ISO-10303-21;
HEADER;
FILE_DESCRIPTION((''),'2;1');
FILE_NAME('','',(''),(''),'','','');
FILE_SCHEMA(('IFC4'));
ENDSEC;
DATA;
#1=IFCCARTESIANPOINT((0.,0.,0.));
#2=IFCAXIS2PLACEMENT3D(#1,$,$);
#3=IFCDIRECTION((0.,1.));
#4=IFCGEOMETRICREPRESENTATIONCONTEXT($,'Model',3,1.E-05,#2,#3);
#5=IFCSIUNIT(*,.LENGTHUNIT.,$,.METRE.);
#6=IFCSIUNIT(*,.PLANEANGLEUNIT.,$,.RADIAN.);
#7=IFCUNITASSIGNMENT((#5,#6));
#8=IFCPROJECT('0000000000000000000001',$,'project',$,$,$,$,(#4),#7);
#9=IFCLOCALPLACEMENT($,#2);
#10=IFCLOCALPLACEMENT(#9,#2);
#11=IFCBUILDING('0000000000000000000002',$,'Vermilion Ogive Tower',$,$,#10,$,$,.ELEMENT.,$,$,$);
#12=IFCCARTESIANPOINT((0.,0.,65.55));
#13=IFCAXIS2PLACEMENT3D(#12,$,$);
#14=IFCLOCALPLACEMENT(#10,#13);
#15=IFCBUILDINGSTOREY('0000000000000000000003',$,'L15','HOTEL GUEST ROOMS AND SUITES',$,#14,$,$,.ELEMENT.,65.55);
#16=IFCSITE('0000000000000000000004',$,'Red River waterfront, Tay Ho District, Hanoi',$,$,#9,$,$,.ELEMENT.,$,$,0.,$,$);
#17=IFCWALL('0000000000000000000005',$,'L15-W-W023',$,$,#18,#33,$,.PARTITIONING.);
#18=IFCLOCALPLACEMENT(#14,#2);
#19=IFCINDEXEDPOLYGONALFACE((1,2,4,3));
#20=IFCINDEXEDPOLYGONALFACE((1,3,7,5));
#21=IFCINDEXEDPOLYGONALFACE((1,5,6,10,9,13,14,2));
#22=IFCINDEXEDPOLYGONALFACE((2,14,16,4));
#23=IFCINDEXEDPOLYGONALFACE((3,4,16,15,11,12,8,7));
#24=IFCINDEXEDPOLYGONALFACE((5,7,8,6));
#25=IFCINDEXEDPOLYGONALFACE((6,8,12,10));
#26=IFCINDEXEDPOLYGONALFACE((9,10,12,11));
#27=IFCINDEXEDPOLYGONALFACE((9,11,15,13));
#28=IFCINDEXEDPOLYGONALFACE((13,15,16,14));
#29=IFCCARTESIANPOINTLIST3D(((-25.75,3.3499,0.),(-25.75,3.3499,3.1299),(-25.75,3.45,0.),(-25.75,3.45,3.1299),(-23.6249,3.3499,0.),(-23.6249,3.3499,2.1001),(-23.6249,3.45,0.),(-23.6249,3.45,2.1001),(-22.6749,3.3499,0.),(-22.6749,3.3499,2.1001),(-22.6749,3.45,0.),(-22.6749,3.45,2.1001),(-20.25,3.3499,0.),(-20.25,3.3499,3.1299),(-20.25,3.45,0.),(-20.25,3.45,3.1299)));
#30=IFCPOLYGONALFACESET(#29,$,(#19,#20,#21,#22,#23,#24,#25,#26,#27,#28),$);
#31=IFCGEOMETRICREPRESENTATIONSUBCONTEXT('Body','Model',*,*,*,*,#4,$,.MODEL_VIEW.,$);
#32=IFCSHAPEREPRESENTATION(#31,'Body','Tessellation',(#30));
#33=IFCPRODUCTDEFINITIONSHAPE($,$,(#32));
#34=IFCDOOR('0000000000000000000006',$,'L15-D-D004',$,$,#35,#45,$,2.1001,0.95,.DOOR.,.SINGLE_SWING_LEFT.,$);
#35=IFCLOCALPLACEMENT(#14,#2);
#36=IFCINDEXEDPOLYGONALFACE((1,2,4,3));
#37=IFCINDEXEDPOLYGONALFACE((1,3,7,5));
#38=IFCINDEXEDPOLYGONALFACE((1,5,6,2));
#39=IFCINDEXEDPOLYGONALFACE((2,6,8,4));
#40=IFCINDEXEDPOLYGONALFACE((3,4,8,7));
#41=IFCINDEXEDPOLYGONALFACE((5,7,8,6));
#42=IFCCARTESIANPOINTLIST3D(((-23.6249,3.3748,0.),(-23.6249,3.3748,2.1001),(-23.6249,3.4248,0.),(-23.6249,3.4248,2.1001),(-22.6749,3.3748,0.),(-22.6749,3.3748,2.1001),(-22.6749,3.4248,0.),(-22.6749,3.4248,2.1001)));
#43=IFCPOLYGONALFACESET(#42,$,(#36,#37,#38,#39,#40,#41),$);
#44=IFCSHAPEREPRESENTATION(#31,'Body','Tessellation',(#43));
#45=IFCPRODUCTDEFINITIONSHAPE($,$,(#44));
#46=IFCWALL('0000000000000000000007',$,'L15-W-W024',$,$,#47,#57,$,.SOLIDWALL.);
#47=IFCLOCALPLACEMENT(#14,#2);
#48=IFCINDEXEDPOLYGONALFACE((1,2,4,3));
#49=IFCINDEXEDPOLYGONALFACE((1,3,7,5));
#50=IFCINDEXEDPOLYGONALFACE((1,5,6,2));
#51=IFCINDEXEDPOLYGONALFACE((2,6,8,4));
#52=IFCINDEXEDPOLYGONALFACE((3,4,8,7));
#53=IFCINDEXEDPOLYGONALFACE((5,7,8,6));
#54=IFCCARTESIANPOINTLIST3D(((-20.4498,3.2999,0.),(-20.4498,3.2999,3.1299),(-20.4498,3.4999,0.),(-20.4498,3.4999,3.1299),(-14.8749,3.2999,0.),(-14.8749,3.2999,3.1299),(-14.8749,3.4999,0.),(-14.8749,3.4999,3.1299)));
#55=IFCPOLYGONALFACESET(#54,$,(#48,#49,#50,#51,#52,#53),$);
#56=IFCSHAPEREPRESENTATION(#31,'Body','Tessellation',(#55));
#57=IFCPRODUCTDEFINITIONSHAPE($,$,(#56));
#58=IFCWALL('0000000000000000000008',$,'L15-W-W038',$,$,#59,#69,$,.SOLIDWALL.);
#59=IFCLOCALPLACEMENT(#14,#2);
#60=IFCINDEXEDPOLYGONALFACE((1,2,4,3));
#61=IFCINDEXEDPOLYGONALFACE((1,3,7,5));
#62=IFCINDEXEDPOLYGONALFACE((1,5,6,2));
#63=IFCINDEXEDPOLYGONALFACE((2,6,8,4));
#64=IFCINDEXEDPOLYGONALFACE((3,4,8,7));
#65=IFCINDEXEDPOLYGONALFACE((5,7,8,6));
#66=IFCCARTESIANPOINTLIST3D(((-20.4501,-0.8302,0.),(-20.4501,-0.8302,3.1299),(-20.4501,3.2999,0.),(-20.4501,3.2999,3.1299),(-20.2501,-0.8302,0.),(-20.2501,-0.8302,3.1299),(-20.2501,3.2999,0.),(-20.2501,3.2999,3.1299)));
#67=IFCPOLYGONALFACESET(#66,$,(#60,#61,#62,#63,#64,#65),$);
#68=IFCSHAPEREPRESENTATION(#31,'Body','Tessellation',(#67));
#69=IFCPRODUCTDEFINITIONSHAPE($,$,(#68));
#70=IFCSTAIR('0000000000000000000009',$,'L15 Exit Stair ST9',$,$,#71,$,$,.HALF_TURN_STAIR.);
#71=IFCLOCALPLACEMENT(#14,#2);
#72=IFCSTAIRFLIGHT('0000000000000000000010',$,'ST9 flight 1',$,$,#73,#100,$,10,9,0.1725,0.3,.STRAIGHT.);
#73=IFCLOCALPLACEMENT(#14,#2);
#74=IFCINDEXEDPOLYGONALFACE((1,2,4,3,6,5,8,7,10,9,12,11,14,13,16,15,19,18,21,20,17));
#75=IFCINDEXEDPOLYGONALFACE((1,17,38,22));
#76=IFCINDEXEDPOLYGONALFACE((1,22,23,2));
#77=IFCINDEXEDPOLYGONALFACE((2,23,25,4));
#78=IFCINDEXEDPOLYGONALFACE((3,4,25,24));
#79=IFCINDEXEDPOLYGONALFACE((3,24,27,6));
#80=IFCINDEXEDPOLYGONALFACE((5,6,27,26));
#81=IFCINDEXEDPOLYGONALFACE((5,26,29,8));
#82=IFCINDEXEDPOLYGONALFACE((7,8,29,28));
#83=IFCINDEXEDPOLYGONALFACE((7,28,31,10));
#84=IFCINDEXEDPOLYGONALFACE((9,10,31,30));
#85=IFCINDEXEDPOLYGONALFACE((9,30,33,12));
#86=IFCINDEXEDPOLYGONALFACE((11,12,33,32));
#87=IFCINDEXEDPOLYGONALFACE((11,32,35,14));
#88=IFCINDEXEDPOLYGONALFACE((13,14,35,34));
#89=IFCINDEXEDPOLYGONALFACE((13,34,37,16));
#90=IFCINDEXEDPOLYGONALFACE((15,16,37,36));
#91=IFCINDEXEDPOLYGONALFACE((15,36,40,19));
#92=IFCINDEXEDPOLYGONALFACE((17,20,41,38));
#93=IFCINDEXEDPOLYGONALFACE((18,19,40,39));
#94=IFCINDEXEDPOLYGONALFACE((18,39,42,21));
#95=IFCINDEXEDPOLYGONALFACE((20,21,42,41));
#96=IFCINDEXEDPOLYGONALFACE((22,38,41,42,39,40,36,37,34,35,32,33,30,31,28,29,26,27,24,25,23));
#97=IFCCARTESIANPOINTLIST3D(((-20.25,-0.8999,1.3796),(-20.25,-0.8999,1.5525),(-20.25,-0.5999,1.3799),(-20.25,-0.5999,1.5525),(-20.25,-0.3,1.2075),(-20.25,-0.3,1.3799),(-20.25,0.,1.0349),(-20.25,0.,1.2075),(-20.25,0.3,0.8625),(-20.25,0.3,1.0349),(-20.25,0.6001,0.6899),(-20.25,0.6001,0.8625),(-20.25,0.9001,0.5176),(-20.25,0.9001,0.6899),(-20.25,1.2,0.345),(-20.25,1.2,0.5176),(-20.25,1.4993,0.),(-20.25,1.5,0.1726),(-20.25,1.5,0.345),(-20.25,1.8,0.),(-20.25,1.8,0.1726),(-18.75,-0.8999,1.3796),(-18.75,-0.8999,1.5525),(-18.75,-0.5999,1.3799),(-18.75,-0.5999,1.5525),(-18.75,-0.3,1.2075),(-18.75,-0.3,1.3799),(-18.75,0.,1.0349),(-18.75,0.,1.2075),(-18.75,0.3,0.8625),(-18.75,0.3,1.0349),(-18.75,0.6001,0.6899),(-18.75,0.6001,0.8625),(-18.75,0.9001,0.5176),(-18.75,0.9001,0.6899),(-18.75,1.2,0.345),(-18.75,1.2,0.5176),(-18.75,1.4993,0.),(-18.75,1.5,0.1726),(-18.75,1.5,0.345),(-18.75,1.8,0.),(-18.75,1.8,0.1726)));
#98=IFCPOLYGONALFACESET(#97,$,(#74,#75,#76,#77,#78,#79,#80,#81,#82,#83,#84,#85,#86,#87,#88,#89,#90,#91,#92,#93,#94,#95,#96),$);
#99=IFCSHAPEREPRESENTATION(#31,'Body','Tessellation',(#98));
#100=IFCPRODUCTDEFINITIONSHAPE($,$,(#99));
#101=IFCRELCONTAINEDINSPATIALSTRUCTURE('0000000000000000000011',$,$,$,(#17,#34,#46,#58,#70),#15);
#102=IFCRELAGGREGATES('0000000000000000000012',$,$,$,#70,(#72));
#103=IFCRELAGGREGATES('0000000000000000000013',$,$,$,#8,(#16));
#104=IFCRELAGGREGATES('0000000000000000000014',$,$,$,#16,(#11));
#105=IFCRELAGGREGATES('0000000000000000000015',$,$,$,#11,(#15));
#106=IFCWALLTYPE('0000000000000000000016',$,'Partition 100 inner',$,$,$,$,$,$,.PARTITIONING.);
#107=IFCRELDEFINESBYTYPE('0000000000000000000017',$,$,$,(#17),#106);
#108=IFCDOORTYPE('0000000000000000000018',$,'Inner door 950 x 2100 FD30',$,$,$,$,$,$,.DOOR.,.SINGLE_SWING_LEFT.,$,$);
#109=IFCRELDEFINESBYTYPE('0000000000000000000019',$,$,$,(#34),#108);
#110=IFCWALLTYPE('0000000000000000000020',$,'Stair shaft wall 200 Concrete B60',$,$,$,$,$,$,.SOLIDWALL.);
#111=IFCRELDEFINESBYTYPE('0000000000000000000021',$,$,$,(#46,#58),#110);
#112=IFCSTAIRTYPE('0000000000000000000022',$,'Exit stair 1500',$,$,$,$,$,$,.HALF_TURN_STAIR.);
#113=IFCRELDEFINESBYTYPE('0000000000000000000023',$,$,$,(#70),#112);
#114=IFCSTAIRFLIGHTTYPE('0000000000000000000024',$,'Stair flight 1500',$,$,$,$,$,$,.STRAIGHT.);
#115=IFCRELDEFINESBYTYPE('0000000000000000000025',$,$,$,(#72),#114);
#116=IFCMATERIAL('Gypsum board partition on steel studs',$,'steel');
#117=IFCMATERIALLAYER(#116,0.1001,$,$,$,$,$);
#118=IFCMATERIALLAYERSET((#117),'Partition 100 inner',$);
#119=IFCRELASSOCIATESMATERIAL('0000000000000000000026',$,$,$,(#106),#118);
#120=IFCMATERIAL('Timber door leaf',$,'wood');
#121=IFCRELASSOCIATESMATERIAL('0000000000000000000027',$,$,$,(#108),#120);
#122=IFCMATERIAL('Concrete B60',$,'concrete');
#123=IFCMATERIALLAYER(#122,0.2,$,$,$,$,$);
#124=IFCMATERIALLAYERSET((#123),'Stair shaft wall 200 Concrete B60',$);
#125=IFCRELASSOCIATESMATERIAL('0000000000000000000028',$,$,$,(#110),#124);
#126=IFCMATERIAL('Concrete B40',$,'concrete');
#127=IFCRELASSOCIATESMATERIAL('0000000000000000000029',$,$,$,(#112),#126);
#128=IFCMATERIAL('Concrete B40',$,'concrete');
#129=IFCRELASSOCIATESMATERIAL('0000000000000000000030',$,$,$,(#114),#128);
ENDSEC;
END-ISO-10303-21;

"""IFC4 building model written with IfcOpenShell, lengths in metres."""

from ifc_helpers import new_model, si_unit, direction, frame, frame_2d, origin, place, context, subcontext, project, spatial, polyline, rectangle, outline, extrude, material, layer, layer_set, type_object, element, fill, aggregate, save


model = new_model("IFC4")

# Units and contexts
model_context = context("Model", 3, precision=1e-05, world=origin(), true_north=direction((0.0, 1.0)))
body_context = subcontext(model_context, "Body", "Model", "MODEL_VIEW")
ifc_project = project(units=[si_unit("LENGTHUNIT", "METRE"), si_unit("PLANEANGLEUNIT", "RADIAN")], contexts=[model_context])

# Site, building, storey
site_placement = place(None, origin())
site = spatial("IfcSite", under=ifc_project, at=site_placement, Name="Red River waterfront, Tay Ho District, Hanoi", CompositionType="ELEMENT", RefElevation=0.0)
building_placement = place(site_placement, origin())
building = spatial("IfcBuilding", under=site, at=building_placement, Name="Vermilion Ogive Tower", CompositionType="ELEMENT")
storey_placement = place(building_placement, frame((0.0, 0.0, 65.55)))
storey = spatial("IfcBuildingStorey", under=building, at=storey_placement, Name="L15", Description="HOTEL GUEST ROOMS AND SUITES", CompositionType="ELEMENT", Elevation=65.55)

# Wall, opening, door
ifc_material_1 = material(Name="Gypsum board partition on steel studs", Category="steel")
ifc_layer_1 = layer(ifc_material_1, 0.1001)
ifc_layer_set_1 = layer_set([ifc_layer_1], Name="Partition 100 inner")
wall_type_1 = type_object("IfcWallType", Name="Partition 100 inner", PredefinedType="PARTITIONING", material=ifc_layer_set_1)
wall_1_placement = place(storey_placement, frame((-25.75, 3.3999, 0.0), z_axis=(0.0, 0.0, 1.0), x_axis=(1.0, 0.0, 0.0)))
wall_1 = element("IfcWall", 1, at=wall_1_placement, inside=storey, type_object=wall_type_1, Name="L15-W-W023", PredefinedType="PARTITIONING", context=body_context, shape_type="SweptSolid", body=[
    extrude(rectangle(XDim=5.5, YDim=0.1001, at=frame_2d((2.75, 0.0))), origin(), (0.0, 0.0, 1.0), 3.1299),
])
opening_placement = place(wall_1_placement, frame((2.125, 0.0, 0.0)))
opening = element("IfcOpeningElement", 2, at=opening_placement, cuts=wall_1, PredefinedType="OPENING", context=body_context, shape_type="SweptSolid", body=[
    extrude(rectangle(XDim=0.95, YDim=2.1001, at=frame_2d((0.4751, 1.05))), frame((0.0, 0.0601, 0.0), z_axis=(0.0, -1.0, 0.0), x_axis=(1.0, 0.0, 0.0)), (0.0, 0.0, 1.0), 0.1201),
])
ifc_material_2 = material(Name="Timber door leaf", Category="wood")
door_type = type_object("IfcDoorType", Name="Inner door 950 x 2100 FD30", OperationType="SINGLE_SWING_LEFT", PredefinedType="DOOR", material=ifc_material_2)
door_placement = place(opening_placement, origin())
door = element("IfcDoor", 3, at=door_placement, inside=storey, type_object=door_type, Name="L15-D-D004", OperationType="SINGLE_SWING_LEFT", OverallHeight=2.1001, OverallWidth=0.95, PredefinedType="DOOR", context=body_context, shape_type="SweptSolid", body=[
    extrude(rectangle(XDim=0.95, YDim=2.1001, at=frame_2d((0.4751, 1.05))), frame((0.0, 0.0249, 0.0), z_axis=(0.0, -1.0, 0.0), x_axis=(1.0, 0.0, 0.0)), (0.0, 0.0, 1.0), 0.05),
])
fill(opening, door)

# Walls
ifc_material_3 = material(Name="Concrete B60", Category="concrete")
ifc_layer_2 = layer(ifc_material_3, 0.2)
ifc_layer_set_2 = layer_set([ifc_layer_2], Name="Stair shaft wall 200 Concrete B60")
wall_type_2 = type_object("IfcWallType", Name="Stair shaft wall 200 Concrete B60", PredefinedType="SOLIDWALL", material=ifc_layer_set_2)
wall_2_placement = place(storey_placement, frame((-20.45, 3.3999, 0.0), z_axis=(0.0, 0.0, 1.0), x_axis=(1.0, 0.0, 0.0)))
element("IfcWall", 4, at=wall_2_placement, inside=storey, type_object=wall_type_2, Name="L15-W-W024", PredefinedType="SOLIDWALL", context=body_context, shape_type="SweptSolid", body=[
    extrude(rectangle(XDim=5.575, YDim=0.2, at=frame_2d((2.7876, 0.0))), origin(), (0.0, 0.0, 1.0), 3.1299),
])
wall_3_placement = place(storey_placement, frame((-20.3501, -0.8301, 0.0), z_axis=(0.0, 0.0, 1.0), x_axis=(0.0, 1.0, 0.0)))
element("IfcWall", 5, at=wall_3_placement, inside=storey, type_object=wall_type_2, Name="L15-W-W038", PredefinedType="SOLIDWALL", context=body_context, shape_type="SweptSolid", body=[
    extrude(rectangle(XDim=4.1301, YDim=0.2, at=frame_2d((2.0649, 0.0))), origin(), (0.0, 0.0, 1.0), 3.1299),
])

# Stair, stair flight
ifc_material_4 = material(Name="Concrete B40", Category="concrete")
stair_type = type_object("IfcStairType", Name="Exit stair 1500", PredefinedType="HALF_TURN_STAIR", material=ifc_material_4)
stair_placement = place(storey_placement, origin())
stair = element("IfcStair", 6, at=stair_placement, inside=storey, type_object=stair_type, Name="L15 Exit Stair ST9", PredefinedType="HALF_TURN_STAIR")
ifc_material_5 = material(Name="Concrete B40", Category="concrete")
stair_flight_type = type_object("IfcStairFlightType", Name="Stair flight 1500", PredefinedType="STRAIGHT", material=ifc_material_5)
stair_flight_placement = place(storey_placement, frame((-19.5, 1.8, 0.0), z_axis=(0.0, 0.0, 1.0), x_axis=(0.0, -1.0, 0.0)))
stair_flight = element("IfcStairFlight", 7, at=stair_flight_placement, type_object=stair_flight_type, Name="ST9 flight 1", NumberOfRisers=10, NumberOfTreads=9, PredefinedType="STRAIGHT", RiserHeight=0.1725, TreadLength=0.3, context=body_context, shape_type="SweptSolid", body=[
    extrude(outline(polyline([(0.0, 0.0), (0.0, 0.1726), (0.3, 0.1726), (0.3, 0.345), (0.6001, 0.345), (0.6001, 0.5176), (0.8999, 0.5176), (0.8999, 0.6899), (1.2, 0.6899), (1.2, 0.8625), (1.5, 0.8625), (1.5, 1.0349), (1.8, 1.0349), (1.8, 1.2075), (2.1001, 1.2075), (2.1001, 1.3799), (2.3999, 1.3799), (2.3999, 1.5525), (2.7, 1.5525), (2.7, 1.7251), (2.7, 1.3796), (0.3008, 0.0), (0.0, 0.0)])), frame((0.0, 0.75, 0.0), z_axis=(0.0, -1.0, 0.0), x_axis=(1.0, 0.0, 0.0)), (0.0, 0.0, 1.0), 1.5),
])
aggregate(stair, [stair_flight])

save(model, "model.ifc")
